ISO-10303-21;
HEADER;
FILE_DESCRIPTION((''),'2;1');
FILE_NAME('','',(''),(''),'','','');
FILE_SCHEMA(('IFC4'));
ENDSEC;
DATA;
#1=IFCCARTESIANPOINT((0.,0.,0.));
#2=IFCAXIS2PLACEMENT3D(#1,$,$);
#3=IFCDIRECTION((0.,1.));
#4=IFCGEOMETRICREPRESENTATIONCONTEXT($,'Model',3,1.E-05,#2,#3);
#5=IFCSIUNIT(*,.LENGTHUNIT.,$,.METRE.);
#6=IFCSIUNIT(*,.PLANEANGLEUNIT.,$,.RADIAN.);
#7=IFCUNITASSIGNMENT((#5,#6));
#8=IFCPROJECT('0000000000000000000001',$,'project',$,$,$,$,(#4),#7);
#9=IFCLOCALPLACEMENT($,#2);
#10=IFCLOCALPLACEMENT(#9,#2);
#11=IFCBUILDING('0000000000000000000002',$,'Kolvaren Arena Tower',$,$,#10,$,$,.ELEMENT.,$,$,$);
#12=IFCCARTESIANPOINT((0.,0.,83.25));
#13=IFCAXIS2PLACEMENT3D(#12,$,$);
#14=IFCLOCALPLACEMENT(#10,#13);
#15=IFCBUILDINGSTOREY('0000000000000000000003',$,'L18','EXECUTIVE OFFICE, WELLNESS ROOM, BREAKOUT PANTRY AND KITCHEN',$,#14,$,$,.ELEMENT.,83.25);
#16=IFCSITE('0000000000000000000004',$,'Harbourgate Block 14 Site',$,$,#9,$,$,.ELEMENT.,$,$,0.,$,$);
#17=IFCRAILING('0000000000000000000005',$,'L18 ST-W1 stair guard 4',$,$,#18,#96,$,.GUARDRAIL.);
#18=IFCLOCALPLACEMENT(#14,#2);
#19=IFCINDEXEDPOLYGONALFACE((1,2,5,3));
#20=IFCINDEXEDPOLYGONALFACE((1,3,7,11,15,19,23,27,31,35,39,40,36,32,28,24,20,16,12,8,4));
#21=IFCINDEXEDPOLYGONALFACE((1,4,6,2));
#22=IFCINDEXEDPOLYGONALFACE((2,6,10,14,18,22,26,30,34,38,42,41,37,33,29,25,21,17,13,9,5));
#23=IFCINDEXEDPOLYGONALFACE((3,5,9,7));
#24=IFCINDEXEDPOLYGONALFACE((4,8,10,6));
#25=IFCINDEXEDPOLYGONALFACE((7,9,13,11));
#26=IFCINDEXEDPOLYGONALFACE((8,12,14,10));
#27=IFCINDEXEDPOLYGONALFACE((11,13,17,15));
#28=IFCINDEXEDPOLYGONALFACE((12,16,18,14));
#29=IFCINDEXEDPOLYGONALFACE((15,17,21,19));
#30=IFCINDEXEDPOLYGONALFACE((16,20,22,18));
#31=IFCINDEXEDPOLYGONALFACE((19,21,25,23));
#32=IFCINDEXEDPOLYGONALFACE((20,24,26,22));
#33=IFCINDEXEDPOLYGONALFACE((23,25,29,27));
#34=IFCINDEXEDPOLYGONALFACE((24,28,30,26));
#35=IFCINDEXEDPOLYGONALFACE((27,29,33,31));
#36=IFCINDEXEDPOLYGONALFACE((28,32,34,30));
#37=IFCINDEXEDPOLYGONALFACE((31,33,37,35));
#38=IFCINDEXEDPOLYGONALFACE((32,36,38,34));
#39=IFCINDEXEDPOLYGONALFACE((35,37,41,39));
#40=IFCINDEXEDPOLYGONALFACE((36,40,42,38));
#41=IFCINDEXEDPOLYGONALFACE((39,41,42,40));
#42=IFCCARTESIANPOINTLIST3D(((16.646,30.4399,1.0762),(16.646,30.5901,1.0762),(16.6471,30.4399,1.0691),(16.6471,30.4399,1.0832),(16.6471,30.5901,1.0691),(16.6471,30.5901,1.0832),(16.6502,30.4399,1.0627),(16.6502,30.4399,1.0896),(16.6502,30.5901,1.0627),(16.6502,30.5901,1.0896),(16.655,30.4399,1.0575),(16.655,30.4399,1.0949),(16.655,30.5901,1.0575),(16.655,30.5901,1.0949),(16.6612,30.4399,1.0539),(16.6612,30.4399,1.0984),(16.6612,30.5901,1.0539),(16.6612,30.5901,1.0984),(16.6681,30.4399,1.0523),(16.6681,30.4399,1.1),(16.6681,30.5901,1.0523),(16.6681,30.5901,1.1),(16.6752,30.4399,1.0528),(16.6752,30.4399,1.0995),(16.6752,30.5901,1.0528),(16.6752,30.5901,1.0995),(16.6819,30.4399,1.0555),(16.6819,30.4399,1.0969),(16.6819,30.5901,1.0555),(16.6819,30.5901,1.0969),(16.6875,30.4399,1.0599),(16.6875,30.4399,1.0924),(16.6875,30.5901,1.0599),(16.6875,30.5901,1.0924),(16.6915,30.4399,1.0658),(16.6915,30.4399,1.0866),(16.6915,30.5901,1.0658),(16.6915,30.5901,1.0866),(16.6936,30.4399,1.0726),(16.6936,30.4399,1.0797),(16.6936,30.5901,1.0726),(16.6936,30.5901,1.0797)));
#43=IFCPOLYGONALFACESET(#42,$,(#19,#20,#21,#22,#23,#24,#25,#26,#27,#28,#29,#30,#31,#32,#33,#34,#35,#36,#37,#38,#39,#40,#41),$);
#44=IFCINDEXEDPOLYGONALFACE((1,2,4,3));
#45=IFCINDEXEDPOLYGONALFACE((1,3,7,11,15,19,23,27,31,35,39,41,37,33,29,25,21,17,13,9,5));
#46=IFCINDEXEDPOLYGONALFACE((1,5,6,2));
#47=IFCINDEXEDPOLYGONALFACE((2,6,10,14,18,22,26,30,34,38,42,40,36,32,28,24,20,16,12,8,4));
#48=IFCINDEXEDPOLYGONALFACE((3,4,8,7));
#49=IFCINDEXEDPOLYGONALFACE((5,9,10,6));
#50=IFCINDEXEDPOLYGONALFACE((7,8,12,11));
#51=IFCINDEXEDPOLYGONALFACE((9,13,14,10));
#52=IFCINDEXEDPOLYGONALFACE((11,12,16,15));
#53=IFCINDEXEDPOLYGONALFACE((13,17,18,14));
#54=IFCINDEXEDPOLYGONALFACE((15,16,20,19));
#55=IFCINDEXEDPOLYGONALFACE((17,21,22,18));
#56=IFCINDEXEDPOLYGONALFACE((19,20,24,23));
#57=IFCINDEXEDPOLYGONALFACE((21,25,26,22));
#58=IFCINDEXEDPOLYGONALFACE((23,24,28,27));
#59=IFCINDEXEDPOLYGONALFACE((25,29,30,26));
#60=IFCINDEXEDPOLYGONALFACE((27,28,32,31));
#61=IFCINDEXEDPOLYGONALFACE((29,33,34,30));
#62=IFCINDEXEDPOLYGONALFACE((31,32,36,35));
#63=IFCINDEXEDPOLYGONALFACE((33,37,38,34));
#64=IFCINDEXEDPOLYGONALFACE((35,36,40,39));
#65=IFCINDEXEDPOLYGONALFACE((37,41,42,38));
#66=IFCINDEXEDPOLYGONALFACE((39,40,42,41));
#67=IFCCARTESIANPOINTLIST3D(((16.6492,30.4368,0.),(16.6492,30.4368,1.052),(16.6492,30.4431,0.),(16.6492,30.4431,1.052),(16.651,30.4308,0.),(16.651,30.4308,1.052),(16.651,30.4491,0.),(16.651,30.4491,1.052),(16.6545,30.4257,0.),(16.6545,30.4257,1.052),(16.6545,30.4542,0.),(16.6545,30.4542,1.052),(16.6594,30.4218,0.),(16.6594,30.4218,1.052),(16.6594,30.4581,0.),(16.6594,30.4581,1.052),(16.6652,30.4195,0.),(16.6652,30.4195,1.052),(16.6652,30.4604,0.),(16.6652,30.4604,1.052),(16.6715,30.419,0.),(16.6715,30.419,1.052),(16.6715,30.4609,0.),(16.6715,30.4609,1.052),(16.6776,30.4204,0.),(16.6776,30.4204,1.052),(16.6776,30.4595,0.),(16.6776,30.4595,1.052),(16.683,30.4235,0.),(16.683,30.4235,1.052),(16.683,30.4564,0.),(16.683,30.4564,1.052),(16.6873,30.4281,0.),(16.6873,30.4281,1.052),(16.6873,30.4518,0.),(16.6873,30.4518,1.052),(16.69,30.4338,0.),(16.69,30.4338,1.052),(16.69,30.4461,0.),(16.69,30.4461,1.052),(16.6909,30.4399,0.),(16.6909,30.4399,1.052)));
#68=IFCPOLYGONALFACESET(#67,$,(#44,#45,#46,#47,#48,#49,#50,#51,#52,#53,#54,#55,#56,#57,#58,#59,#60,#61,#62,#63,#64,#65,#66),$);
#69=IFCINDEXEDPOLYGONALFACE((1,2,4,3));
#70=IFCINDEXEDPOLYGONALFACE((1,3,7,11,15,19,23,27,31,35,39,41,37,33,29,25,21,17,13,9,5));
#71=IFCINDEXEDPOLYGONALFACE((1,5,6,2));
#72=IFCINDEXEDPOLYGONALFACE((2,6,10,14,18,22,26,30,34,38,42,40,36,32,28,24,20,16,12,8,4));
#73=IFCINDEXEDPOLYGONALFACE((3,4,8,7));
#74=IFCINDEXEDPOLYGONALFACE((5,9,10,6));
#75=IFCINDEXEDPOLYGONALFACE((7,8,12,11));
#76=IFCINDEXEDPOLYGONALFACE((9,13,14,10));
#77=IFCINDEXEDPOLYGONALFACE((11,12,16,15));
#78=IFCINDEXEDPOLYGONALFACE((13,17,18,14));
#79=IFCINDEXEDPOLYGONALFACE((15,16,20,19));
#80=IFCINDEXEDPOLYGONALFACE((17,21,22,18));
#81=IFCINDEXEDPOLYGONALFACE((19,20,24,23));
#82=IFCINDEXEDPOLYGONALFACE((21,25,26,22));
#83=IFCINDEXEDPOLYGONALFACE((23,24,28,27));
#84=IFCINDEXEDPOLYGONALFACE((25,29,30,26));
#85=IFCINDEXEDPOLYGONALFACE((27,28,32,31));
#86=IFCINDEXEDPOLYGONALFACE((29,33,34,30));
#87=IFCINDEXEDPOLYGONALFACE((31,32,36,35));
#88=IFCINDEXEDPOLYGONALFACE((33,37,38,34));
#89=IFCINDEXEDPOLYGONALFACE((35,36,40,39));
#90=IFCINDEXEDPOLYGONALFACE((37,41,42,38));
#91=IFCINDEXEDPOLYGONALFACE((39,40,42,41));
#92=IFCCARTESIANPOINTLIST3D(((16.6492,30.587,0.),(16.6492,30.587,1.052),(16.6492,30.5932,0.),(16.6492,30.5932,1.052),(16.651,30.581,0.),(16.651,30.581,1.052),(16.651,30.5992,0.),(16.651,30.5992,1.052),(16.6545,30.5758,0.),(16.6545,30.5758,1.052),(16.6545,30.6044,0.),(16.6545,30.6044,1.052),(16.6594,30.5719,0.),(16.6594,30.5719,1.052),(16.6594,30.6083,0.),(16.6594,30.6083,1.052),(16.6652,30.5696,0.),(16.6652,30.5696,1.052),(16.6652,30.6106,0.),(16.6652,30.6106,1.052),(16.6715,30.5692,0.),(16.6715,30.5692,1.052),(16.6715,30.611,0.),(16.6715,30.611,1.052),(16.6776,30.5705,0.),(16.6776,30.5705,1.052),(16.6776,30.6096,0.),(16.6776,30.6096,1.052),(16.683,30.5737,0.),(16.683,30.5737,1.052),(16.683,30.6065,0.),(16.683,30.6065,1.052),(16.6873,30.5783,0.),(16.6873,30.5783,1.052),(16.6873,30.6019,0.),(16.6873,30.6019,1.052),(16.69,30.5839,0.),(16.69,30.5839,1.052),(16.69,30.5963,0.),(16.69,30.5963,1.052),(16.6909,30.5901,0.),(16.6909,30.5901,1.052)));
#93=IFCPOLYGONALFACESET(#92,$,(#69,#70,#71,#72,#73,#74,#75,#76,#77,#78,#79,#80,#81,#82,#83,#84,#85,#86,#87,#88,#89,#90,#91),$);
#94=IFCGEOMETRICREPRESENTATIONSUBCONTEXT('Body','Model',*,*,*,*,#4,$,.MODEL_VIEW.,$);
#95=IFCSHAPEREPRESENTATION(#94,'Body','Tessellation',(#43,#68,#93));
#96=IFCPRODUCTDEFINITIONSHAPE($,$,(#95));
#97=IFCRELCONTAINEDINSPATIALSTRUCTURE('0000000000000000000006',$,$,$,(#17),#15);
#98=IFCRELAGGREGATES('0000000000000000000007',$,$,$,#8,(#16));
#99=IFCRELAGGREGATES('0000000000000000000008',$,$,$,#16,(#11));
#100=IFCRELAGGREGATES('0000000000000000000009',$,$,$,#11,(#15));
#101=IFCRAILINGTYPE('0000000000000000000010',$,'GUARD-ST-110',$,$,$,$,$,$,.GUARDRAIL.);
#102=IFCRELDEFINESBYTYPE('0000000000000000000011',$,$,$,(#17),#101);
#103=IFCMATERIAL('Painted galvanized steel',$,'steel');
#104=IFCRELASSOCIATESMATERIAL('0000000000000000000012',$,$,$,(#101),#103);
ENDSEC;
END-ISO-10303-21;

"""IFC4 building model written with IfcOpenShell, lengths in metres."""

from ifc_helpers import new_model, si_unit, direction, frame, origin, origin_2d, place, context, subcontext, project, spatial, circle, extrude, material, type_object, element, save


model = new_model("IFC4")

# Units and contexts
model_context = context("Model", 3, precision=1e-05, world=origin(), true_north=direction((0.0, 1.0)))
body_context = subcontext(model_context, "Body", "Model", "MODEL_VIEW")
ifc_project = project(units=[si_unit("LENGTHUNIT", "METRE"), si_unit("PLANEANGLEUNIT", "RADIAN")], contexts=[model_context])

# Site, building, storey
site_placement = place(None, origin())
site = spatial("IfcSite", under=ifc_project, at=site_placement, Name="Harbourgate Block 14 Site", CompositionType="ELEMENT", RefElevation=0.0)
building_placement = place(site_placement, origin())
building = spatial("IfcBuilding", under=site, at=building_placement, Name="Kolvaren Arena Tower", CompositionType="ELEMENT")
storey_placement = place(building_placement, frame((0.0, 0.0, 83.25)))
storey = spatial("IfcBuildingStorey", under=building, at=storey_placement, Name="L18", Description="EXECUTIVE OFFICE, WELLNESS ROOM, BREAKOUT PANTRY AND KITCHEN", CompositionType="ELEMENT", Elevation=83.25)

# Railing
ifc_material_1 = material(Name="Painted galvanized steel", Category="steel")
railing_type_1 = type_object("IfcRailingType", Name="GUARD-ST-110", PredefinedType="GUARDRAIL", material=ifc_material_1)
railing_1_placement = place(storey_placement, frame((16.6699, 30.4399, 0.0)))
element("IfcRailing", 1, at=railing_1_placement, inside=storey, type_object=railing_type_1, Name="L18 ST-W1 stair guard 4", PredefinedType="GUARDRAIL", context=body_context, shape_type="SweptSolid", body=[
    extrude(circle(Radius=0.0239, at=origin_2d()), frame((0.0, 0.0, 1.0762), z_axis=(0.0, 1.0, 0.0), x_axis=(-1.0, 0.0, 0.0)), (0.0, 0.0, 1.0), 0.1501),
    extrude(circle(Radius=0.021, at=origin_2d()), origin(), (0.0, 0.0, 1.0), 1.052),
    extrude(circle(Radius=0.021, at=origin_2d()), frame((0.0, 0.1501, 0.0)), (0.0, 0.0, 1.0), 1.052),
])

save(model, "model.ifc")
